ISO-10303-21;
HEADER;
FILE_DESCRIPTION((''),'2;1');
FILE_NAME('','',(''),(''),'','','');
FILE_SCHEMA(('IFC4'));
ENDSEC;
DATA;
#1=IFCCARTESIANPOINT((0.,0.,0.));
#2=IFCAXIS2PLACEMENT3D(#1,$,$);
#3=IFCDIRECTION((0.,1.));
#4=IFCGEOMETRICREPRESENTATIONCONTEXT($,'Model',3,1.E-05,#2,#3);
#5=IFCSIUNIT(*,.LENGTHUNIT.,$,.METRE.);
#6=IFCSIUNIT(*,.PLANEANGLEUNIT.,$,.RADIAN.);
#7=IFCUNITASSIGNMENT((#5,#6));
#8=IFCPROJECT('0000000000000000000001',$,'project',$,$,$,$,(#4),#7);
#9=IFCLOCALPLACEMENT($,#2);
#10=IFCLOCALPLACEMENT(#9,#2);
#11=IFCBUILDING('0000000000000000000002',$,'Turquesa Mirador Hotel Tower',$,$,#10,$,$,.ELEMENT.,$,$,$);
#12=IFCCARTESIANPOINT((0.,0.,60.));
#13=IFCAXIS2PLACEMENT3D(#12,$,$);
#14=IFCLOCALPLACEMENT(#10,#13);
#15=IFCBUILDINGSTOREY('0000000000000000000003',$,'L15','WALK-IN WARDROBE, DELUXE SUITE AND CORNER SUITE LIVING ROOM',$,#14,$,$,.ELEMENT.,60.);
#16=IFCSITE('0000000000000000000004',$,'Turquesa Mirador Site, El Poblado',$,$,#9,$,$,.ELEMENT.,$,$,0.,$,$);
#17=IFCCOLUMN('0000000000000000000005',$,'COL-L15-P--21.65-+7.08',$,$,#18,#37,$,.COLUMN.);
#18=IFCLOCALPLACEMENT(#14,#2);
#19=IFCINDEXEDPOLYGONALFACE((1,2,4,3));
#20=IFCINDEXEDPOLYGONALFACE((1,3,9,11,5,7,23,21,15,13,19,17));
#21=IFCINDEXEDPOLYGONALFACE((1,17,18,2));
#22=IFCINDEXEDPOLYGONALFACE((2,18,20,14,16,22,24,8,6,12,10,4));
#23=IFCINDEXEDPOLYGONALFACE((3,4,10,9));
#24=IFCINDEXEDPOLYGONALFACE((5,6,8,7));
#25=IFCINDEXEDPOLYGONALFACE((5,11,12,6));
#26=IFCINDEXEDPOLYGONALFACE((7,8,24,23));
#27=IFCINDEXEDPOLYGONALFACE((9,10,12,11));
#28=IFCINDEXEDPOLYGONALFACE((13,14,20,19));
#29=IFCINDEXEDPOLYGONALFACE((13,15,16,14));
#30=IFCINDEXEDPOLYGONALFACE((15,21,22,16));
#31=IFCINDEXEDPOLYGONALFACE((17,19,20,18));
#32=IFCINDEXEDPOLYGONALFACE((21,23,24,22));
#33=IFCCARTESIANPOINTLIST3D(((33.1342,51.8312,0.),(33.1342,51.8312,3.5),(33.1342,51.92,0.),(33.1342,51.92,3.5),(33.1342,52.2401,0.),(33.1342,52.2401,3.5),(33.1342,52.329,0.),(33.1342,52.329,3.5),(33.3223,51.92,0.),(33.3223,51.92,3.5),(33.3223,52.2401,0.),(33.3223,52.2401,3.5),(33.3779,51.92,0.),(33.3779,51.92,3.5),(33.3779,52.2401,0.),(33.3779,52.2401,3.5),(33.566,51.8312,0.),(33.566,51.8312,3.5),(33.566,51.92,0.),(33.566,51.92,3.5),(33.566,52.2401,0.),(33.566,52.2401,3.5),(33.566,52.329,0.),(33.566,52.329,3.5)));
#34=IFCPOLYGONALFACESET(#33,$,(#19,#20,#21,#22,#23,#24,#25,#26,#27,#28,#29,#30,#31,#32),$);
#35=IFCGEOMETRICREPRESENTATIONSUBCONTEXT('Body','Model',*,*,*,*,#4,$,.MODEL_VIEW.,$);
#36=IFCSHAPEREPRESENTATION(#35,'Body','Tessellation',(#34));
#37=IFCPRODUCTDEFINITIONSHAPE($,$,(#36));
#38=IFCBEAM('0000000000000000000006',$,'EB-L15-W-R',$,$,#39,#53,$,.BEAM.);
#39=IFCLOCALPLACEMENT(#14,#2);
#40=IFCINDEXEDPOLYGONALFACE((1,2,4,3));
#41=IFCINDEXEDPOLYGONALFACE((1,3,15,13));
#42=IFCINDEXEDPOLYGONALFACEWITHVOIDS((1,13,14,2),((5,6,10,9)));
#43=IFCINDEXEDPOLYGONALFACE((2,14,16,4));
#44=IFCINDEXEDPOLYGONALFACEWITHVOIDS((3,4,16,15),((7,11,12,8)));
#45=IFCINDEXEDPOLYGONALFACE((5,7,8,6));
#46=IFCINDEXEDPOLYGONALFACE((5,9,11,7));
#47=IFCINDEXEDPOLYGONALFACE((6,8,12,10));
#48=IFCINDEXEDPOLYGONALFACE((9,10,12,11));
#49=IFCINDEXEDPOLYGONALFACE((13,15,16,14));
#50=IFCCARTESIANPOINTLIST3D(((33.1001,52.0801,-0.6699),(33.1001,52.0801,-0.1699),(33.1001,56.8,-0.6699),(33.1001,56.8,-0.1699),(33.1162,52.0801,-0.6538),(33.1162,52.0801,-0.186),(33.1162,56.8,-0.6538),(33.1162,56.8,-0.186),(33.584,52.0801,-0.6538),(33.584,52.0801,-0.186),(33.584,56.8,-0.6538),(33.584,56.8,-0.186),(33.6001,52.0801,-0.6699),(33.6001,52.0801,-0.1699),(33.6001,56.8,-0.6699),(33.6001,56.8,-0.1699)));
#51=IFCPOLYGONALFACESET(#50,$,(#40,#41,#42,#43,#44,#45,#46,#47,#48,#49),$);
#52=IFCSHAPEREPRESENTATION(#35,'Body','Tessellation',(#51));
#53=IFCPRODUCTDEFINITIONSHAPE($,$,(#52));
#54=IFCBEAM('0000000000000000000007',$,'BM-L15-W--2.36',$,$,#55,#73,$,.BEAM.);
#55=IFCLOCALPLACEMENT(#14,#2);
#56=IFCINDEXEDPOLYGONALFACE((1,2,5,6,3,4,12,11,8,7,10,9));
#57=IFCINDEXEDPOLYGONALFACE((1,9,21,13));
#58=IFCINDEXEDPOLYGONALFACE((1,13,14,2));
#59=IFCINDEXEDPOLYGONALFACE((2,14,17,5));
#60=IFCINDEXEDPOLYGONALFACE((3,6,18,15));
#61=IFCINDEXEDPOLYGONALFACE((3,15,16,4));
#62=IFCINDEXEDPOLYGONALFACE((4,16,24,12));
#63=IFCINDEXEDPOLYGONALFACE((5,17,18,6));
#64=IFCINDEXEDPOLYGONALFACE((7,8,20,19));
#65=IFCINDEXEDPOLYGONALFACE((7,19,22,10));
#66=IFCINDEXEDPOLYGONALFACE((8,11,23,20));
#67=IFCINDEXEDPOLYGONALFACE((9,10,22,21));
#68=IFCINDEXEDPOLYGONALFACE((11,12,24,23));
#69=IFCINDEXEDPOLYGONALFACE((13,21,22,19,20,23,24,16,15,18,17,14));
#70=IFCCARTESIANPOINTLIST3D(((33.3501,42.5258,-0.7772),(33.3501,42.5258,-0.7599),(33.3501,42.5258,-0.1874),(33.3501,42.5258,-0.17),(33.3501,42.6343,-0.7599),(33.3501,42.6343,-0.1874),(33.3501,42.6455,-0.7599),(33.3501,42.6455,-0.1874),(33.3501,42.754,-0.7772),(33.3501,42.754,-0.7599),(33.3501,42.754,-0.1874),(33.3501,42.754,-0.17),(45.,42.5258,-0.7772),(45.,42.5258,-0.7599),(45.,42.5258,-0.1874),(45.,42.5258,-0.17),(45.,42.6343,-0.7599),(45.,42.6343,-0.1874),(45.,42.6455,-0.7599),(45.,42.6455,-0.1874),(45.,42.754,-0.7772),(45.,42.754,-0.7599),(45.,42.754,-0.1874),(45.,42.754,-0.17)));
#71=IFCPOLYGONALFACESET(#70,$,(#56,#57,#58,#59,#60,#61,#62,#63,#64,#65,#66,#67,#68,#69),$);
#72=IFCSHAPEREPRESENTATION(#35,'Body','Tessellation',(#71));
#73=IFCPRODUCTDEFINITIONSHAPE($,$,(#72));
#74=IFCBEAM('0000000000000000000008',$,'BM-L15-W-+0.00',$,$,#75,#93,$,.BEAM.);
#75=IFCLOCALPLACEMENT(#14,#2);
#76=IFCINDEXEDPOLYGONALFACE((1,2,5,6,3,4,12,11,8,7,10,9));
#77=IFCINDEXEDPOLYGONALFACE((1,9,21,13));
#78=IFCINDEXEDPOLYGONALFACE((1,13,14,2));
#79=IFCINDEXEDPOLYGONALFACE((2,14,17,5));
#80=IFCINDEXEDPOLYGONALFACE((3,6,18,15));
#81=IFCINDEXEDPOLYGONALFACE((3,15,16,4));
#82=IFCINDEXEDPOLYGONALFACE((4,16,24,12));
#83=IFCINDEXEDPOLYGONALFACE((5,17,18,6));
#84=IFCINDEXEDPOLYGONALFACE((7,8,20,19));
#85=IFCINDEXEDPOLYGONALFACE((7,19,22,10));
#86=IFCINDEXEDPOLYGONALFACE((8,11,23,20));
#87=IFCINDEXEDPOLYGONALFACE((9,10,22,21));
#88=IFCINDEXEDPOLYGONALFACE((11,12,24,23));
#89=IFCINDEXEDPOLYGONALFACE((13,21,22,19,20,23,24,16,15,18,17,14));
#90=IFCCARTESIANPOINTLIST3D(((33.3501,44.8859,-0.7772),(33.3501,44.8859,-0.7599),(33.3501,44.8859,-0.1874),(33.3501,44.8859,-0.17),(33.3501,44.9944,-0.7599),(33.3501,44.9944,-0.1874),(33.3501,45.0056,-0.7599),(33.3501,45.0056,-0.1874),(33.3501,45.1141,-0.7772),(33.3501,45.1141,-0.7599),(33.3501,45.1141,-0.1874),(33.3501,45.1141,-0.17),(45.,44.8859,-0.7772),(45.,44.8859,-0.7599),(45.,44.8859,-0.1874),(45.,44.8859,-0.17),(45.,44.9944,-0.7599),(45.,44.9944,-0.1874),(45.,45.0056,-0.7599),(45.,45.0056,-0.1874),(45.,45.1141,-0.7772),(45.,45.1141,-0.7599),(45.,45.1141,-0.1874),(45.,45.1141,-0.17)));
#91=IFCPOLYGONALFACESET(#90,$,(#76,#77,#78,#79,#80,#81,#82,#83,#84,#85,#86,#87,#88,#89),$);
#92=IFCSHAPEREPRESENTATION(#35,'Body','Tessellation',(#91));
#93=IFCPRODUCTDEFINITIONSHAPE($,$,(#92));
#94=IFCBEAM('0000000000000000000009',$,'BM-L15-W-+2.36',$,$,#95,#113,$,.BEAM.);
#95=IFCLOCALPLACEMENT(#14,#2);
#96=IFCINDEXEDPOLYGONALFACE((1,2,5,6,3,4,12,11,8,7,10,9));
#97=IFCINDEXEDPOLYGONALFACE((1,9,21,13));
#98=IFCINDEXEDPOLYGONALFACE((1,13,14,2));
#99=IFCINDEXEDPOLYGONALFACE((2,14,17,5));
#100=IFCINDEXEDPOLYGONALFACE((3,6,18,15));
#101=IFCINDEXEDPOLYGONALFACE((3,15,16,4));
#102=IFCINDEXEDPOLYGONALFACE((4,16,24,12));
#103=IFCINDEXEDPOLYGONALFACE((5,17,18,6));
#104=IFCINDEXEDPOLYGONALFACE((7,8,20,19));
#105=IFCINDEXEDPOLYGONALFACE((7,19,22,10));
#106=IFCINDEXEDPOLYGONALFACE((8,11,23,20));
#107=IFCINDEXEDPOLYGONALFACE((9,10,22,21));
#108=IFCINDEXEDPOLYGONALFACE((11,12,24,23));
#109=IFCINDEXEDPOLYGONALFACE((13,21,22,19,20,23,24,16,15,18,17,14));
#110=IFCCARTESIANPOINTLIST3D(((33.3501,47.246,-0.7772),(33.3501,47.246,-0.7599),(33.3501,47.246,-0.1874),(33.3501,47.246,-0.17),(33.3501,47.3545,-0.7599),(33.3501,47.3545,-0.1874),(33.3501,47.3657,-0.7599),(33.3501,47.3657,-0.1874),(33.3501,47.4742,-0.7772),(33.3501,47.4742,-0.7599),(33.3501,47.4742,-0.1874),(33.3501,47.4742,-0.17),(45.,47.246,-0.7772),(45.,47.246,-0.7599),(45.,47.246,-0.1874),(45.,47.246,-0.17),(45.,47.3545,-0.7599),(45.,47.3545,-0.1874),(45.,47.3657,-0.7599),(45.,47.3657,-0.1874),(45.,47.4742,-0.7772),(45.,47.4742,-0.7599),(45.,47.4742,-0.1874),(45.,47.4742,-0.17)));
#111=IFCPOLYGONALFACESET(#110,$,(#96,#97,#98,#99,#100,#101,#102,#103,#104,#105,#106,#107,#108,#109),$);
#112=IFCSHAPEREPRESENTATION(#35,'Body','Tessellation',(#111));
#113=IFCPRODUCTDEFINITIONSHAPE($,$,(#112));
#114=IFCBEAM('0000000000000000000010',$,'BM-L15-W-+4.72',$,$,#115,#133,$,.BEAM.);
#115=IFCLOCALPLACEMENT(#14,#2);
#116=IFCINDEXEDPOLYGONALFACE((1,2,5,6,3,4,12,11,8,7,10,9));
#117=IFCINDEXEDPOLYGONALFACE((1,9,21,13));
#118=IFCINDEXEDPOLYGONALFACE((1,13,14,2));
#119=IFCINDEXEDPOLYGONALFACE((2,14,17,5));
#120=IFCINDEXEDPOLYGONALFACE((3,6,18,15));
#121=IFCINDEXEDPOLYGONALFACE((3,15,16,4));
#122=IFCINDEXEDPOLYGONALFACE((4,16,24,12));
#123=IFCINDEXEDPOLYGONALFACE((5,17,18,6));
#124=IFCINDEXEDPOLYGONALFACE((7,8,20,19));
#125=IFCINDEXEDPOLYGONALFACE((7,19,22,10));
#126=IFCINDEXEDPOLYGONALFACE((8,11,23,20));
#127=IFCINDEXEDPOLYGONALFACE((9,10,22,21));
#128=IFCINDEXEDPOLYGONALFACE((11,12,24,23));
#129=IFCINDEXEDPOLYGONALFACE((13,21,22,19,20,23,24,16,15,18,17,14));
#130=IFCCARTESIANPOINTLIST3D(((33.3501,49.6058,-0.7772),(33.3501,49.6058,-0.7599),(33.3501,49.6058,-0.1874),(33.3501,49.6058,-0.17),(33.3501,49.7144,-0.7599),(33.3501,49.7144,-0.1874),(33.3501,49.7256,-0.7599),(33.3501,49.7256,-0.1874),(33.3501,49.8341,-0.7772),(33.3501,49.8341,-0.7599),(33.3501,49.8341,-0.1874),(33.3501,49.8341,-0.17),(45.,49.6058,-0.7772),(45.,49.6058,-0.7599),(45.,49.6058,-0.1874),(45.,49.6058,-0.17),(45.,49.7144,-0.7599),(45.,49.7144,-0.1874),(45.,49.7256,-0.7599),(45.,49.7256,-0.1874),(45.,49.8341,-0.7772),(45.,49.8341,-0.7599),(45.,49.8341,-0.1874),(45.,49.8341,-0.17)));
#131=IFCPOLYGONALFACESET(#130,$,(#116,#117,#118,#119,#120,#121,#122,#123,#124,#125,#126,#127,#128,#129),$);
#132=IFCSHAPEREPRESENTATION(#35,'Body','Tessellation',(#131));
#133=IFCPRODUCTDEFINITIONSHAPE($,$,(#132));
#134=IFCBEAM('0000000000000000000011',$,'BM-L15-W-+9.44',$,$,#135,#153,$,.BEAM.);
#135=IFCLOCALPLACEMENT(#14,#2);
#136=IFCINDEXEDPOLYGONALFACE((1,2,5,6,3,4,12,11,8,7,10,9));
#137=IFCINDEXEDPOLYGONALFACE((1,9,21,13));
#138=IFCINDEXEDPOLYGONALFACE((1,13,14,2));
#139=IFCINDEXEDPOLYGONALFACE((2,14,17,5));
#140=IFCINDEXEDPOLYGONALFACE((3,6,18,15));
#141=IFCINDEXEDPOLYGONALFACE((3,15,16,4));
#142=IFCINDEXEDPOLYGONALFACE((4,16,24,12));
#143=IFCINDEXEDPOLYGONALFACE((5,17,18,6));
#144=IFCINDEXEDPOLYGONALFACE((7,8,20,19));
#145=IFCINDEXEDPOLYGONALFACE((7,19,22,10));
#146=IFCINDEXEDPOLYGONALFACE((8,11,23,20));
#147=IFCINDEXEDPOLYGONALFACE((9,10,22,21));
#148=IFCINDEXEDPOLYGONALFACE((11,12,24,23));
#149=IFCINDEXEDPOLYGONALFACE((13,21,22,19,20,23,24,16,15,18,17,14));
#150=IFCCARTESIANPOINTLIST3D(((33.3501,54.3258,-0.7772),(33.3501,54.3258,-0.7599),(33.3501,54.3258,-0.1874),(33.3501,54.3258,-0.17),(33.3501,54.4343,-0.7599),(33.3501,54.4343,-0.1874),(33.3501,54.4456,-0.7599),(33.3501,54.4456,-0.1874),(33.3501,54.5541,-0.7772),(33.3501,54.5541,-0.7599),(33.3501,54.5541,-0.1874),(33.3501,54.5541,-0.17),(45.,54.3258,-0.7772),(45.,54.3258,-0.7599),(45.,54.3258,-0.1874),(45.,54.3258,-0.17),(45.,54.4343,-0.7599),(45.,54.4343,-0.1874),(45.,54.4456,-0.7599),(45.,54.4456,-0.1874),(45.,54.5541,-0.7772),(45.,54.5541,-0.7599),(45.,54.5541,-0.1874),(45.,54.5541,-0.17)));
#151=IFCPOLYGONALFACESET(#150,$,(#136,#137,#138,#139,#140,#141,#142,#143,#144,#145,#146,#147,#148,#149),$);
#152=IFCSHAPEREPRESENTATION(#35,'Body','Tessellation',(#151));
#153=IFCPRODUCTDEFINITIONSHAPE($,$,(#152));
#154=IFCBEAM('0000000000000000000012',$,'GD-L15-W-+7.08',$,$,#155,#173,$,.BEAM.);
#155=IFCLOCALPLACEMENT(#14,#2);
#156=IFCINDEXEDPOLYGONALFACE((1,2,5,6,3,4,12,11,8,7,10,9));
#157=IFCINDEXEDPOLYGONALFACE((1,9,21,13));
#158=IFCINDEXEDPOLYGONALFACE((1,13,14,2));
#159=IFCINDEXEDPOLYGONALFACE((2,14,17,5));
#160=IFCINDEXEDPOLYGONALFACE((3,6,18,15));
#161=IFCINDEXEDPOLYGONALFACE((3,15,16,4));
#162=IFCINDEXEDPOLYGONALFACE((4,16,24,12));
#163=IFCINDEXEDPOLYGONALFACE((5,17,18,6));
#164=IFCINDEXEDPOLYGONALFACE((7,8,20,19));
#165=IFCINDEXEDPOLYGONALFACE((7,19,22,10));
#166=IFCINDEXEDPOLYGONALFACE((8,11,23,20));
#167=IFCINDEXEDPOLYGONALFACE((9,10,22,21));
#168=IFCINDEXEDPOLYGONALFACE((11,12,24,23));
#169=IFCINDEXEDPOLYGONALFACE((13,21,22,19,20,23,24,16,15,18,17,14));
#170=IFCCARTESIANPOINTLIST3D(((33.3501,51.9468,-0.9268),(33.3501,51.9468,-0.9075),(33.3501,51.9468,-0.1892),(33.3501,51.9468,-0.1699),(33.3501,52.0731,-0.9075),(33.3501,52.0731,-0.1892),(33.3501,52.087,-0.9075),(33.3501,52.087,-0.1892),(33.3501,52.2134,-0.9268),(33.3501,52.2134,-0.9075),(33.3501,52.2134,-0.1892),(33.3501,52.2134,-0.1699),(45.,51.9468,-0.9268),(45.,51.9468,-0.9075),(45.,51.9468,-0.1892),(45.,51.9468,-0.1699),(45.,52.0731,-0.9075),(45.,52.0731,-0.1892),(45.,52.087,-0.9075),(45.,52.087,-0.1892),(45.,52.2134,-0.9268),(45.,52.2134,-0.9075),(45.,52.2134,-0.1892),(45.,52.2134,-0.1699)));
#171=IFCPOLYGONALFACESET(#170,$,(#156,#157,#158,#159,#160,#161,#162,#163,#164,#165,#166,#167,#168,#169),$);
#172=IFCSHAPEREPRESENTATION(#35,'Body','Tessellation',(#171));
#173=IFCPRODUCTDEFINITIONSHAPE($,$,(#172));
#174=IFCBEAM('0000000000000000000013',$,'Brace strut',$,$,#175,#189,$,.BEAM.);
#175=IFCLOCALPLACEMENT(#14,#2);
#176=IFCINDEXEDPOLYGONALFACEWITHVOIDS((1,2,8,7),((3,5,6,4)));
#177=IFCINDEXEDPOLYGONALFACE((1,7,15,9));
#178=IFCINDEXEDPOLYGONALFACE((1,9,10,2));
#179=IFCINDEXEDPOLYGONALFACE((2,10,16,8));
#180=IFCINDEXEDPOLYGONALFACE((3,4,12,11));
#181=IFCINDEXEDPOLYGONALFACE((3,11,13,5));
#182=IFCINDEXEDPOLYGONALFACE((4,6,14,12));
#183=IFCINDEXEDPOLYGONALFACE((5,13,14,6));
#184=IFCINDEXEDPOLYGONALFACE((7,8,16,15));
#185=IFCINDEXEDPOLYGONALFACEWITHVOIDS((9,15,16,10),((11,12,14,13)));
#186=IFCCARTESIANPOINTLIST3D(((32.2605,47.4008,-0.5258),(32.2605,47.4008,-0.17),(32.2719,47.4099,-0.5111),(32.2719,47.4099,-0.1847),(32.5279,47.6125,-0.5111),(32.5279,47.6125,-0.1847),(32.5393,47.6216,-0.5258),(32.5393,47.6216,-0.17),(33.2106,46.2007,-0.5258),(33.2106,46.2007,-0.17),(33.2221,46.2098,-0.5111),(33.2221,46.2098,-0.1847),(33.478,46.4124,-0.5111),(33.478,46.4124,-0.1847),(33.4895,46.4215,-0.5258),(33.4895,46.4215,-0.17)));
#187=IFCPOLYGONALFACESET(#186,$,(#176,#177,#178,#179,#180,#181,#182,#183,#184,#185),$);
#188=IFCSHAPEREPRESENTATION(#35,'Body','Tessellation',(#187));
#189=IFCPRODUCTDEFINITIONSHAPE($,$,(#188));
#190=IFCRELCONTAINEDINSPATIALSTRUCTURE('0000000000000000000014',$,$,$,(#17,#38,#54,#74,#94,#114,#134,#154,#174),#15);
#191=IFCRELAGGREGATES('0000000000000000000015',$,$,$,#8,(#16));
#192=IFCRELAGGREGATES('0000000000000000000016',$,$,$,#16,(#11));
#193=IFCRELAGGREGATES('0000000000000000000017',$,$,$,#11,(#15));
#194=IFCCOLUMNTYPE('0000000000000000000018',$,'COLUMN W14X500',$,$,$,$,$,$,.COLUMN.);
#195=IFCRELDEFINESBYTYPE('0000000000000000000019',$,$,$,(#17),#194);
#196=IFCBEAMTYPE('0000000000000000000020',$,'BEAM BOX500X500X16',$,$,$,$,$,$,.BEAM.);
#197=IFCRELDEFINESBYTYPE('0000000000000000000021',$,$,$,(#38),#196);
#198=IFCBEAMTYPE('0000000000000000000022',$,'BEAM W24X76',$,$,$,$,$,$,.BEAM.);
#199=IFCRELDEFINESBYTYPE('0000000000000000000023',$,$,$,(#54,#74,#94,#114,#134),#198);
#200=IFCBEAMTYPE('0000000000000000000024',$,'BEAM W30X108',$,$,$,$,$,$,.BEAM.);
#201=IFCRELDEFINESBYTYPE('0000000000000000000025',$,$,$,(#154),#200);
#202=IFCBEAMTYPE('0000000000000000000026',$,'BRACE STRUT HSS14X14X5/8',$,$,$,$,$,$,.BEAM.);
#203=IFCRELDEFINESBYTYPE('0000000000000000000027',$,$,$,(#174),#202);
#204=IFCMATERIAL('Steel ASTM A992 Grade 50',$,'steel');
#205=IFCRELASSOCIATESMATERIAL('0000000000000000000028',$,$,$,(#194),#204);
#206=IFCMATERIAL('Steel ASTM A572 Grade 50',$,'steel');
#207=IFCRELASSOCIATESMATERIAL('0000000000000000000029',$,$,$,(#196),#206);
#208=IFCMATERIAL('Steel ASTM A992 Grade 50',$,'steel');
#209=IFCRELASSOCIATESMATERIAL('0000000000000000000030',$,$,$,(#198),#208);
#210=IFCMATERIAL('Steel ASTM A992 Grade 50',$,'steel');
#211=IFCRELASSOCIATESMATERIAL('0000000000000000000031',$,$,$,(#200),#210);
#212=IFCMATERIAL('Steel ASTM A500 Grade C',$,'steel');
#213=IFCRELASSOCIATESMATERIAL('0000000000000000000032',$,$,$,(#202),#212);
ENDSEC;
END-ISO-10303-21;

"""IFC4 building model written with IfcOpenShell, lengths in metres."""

from ifc_helpers import new_model, si_unit, direction, frame, origin, origin_2d, place, context, subcontext, project, spatial, hollow_rectangle, i_section, extrude, material, material_profile, profile_set, type_object, element, save


model = new_model("IFC4")

# Units and contexts
model_context = context("Model", 3, precision=1e-05, world=origin(), true_north=direction((0.0, 1.0)))
body_context = subcontext(model_context, "Body", "Model", "MODEL_VIEW")
ifc_project = project(units=[si_unit("LENGTHUNIT", "METRE"), si_unit("PLANEANGLEUNIT", "RADIAN")], contexts=[model_context])

# Site, building, storey
site_placement = place(None, origin())
site = spatial("IfcSite", under=ifc_project, at=site_placement, Name="Turquesa Mirador Site, El Poblado", CompositionType="ELEMENT", RefElevation=0.0)
building_placement = place(site_placement, origin())
building = spatial("IfcBuilding", under=site, at=building_placement, Name="Turquesa Mirador Hotel Tower", CompositionType="ELEMENT")
storey_placement = place(building_placement, frame((0.0, 0.0, 60.0)))
storey = spatial("IfcBuildingStorey", under=building, at=storey_placement, Name="L15", Description="WALK-IN WARDROBE, DELUXE SUITE AND CORNER SUITE LIVING ROOM", CompositionType="ELEMENT", Elevation=60.0)

# Column
ifc_material_1 = material(Name="Steel ASTM A992 Grade 50", Category="steel")
ifc_material_profile_1 = material_profile(ifc_material_1, i_section(OverallWidth=0.4319, OverallDepth=0.4978, WebThickness=0.0557, FlangeThickness=0.0889, at=origin_2d()), Name="W14X500")
ifc_profile_set_1 = profile_set([ifc_material_profile_1], Name="Steel ASTM A992 Grade 50")
column_type = type_object("IfcColumnType", Name="COLUMN W14X500", PredefinedType="COLUMN", material=ifc_profile_set_1)
column_placement = place(storey_placement, frame((33.3501, 52.0801, 0.0), z_axis=(0.0, 0.0, 1.0), x_axis=(1.0, 0.0, 0.0)))
element("IfcColumn", 1, at=column_placement, inside=storey, type_object=column_type, Name="COL-L15-P--21.65-+7.08", PredefinedType="COLUMN", context=body_context, shape_type="SweptSolid", body=[
    extrude(i_section(OverallWidth=0.4319, OverallDepth=0.4978, WebThickness=0.0557, FlangeThickness=0.0889, at=origin_2d()), origin(), (0.0, 0.0, 1.0), 3.5),
])

# Beams
ifc_material_2 = material(Name="Steel ASTM A572 Grade 50", Category="steel")
ifc_material_profile_2 = material_profile(ifc_material_2, hollow_rectangle(XDim=0.5, YDim=0.5, WallThickness=0.0161, at=origin_2d()), Name="BOX500X500X16")
ifc_profile_set_2 = profile_set([ifc_material_profile_2], Name="Steel ASTM A572 Grade 50")
beam_type_1 = type_object("IfcBeamType", Name="BEAM BOX500X500X16", PredefinedType="BEAM", material=ifc_profile_set_2)
beam_1_placement = place(storey_placement, frame((33.3501, 52.0801, -0.4199), z_axis=(0.0, 1.0, 0.0), x_axis=(-1.0, 0.0, 0.0)))
element("IfcBeam", 2, at=beam_1_placement, inside=storey, type_object=beam_type_1, Name="EB-L15-W-R", PredefinedType="BEAM", context=body_context, shape_type="SweptSolid", body=[
    extrude(hollow_rectangle(XDim=0.5, YDim=0.5, WallThickness=0.0161, at=origin_2d()), origin(), (0.0, 0.0, 1.0), 4.72),
])
ifc_material_3 = material(Name="Steel ASTM A992 Grade 50", Category="steel")
ifc_material_profile_3 = material_profile(ifc_material_3, i_section(OverallWidth=0.2283, OverallDepth=0.6072, WebThickness=0.0112, FlangeThickness=0.0173, at=origin_2d()), Name="W24X76")
ifc_profile_set_3 = profile_set([ifc_material_profile_3], Name="Steel ASTM A992 Grade 50")
beam_type_2 = type_object("IfcBeamType", Name="BEAM W24X76", PredefinedType="BEAM", material=ifc_profile_set_3)
for number, where, z_axis, x_axis, name in (
    (3, (33.3501, 42.6399, -0.4736), (1.0, 0.0, 0.0), (0.0, 1.0, 0.0), "BM-L15-W--2.36"),
    (4, (33.3501, 45.0, -0.4736), (1.0, 0.0, 0.0), (0.0, 1.0, 0.0), "BM-L15-W-+0.00"),
    (5, (33.3501, 47.3601, -0.4736), (1.0, 0.0, 0.0), (0.0, 1.0, 0.0), "BM-L15-W-+2.36"),
    (6, (33.3501, 49.72, -0.4736), (1.0, 0.0, 0.0), (0.0, 1.0, 0.0), "BM-L15-W-+4.72"),
    (7, (33.3501, 54.4399, -0.4736), (1.0, 0.0, 0.0), (0.0, 1.0, 0.0), "BM-L15-W-+9.44"),
):
    element("IfcBeam", number, at=place(storey_placement, frame(where, z_axis=z_axis, x_axis=x_axis)), inside=storey, type_object=beam_type_2, Name=name, PredefinedType="BEAM", context=body_context, shape_type="SweptSolid", body=[
        extrude(i_section(OverallWidth=0.2283, OverallDepth=0.6072, WebThickness=0.0112, FlangeThickness=0.0173, at=origin_2d()), origin(), (0.0, 0.0, 1.0), 11.6499),
    ])
ifc_material_4 = material(Name="Steel ASTM A992 Grade 50", Category="steel")
ifc_material_profile_4 = material_profile(ifc_material_4, i_section(OverallWidth=0.2666, OverallDepth=0.7568, WebThickness=0.0139, FlangeThickness=0.0193, at=origin_2d()), Name="W30X108")
ifc_profile_set_4 = profile_set([ifc_material_profile_4], Name="Steel ASTM A992 Grade 50")
beam_type_3 = type_object("IfcBeamType", Name="BEAM W30X108", PredefinedType="BEAM", material=ifc_profile_set_4)
beam_2_placement = place(storey_placement, frame((33.3501, 52.0801, -0.5483), z_axis=(1.0, 0.0, 0.0), x_axis=(0.0, 1.0, 0.0)))
element("IfcBeam", 8, at=beam_2_placement, inside=storey, type_object=beam_type_3, Name="GD-L15-W-+7.08", PredefinedType="BEAM", context=body_context, shape_type="SweptSolid", body=[
    extrude(i_section(OverallWidth=0.2666, OverallDepth=0.7568, WebThickness=0.0139, FlangeThickness=0.0193, at=origin_2d()), origin(), (0.0, 0.0, 1.0), 11.6499),
])
ifc_material_5 = material(Name="Steel ASTM A500 Grade C", Category="steel")
ifc_material_profile_5 = material_profile(ifc_material_5, hollow_rectangle(XDim=0.3557, YDim=0.3557, WallThickness=0.0146, at=origin_2d()), Name="HSS14X14X5/8")
ifc_profile_set_5 = profile_set([ifc_material_profile_5], Name="Steel ASTM A500 Grade C")
beam_type_4 = type_object("IfcBeamType", Name="BRACE STRUT HSS14X14X5/8", PredefinedType="BEAM", material=ifc_profile_set_5)
beam_3_placement = place(storey_placement, frame((32.3999, 47.5112, -0.3479), z_axis=(0.620719, -0.784033, 0.0), x_axis=(0.784033, 0.620719, 0.0)))
element("IfcBeam", 9, at=beam_3_placement, inside=storey, type_object=beam_type_4, Name="Brace strut", PredefinedType="BEAM", context=body_context, shape_type="SweptSolid", body=[
    extrude(hollow_rectangle(XDim=0.3557, YDim=0.3557, WallThickness=0.0146, at=origin_2d()), origin(), (0.0, 0.0, 1.0), 1.5308),
])

save(model, "model.ifc")
